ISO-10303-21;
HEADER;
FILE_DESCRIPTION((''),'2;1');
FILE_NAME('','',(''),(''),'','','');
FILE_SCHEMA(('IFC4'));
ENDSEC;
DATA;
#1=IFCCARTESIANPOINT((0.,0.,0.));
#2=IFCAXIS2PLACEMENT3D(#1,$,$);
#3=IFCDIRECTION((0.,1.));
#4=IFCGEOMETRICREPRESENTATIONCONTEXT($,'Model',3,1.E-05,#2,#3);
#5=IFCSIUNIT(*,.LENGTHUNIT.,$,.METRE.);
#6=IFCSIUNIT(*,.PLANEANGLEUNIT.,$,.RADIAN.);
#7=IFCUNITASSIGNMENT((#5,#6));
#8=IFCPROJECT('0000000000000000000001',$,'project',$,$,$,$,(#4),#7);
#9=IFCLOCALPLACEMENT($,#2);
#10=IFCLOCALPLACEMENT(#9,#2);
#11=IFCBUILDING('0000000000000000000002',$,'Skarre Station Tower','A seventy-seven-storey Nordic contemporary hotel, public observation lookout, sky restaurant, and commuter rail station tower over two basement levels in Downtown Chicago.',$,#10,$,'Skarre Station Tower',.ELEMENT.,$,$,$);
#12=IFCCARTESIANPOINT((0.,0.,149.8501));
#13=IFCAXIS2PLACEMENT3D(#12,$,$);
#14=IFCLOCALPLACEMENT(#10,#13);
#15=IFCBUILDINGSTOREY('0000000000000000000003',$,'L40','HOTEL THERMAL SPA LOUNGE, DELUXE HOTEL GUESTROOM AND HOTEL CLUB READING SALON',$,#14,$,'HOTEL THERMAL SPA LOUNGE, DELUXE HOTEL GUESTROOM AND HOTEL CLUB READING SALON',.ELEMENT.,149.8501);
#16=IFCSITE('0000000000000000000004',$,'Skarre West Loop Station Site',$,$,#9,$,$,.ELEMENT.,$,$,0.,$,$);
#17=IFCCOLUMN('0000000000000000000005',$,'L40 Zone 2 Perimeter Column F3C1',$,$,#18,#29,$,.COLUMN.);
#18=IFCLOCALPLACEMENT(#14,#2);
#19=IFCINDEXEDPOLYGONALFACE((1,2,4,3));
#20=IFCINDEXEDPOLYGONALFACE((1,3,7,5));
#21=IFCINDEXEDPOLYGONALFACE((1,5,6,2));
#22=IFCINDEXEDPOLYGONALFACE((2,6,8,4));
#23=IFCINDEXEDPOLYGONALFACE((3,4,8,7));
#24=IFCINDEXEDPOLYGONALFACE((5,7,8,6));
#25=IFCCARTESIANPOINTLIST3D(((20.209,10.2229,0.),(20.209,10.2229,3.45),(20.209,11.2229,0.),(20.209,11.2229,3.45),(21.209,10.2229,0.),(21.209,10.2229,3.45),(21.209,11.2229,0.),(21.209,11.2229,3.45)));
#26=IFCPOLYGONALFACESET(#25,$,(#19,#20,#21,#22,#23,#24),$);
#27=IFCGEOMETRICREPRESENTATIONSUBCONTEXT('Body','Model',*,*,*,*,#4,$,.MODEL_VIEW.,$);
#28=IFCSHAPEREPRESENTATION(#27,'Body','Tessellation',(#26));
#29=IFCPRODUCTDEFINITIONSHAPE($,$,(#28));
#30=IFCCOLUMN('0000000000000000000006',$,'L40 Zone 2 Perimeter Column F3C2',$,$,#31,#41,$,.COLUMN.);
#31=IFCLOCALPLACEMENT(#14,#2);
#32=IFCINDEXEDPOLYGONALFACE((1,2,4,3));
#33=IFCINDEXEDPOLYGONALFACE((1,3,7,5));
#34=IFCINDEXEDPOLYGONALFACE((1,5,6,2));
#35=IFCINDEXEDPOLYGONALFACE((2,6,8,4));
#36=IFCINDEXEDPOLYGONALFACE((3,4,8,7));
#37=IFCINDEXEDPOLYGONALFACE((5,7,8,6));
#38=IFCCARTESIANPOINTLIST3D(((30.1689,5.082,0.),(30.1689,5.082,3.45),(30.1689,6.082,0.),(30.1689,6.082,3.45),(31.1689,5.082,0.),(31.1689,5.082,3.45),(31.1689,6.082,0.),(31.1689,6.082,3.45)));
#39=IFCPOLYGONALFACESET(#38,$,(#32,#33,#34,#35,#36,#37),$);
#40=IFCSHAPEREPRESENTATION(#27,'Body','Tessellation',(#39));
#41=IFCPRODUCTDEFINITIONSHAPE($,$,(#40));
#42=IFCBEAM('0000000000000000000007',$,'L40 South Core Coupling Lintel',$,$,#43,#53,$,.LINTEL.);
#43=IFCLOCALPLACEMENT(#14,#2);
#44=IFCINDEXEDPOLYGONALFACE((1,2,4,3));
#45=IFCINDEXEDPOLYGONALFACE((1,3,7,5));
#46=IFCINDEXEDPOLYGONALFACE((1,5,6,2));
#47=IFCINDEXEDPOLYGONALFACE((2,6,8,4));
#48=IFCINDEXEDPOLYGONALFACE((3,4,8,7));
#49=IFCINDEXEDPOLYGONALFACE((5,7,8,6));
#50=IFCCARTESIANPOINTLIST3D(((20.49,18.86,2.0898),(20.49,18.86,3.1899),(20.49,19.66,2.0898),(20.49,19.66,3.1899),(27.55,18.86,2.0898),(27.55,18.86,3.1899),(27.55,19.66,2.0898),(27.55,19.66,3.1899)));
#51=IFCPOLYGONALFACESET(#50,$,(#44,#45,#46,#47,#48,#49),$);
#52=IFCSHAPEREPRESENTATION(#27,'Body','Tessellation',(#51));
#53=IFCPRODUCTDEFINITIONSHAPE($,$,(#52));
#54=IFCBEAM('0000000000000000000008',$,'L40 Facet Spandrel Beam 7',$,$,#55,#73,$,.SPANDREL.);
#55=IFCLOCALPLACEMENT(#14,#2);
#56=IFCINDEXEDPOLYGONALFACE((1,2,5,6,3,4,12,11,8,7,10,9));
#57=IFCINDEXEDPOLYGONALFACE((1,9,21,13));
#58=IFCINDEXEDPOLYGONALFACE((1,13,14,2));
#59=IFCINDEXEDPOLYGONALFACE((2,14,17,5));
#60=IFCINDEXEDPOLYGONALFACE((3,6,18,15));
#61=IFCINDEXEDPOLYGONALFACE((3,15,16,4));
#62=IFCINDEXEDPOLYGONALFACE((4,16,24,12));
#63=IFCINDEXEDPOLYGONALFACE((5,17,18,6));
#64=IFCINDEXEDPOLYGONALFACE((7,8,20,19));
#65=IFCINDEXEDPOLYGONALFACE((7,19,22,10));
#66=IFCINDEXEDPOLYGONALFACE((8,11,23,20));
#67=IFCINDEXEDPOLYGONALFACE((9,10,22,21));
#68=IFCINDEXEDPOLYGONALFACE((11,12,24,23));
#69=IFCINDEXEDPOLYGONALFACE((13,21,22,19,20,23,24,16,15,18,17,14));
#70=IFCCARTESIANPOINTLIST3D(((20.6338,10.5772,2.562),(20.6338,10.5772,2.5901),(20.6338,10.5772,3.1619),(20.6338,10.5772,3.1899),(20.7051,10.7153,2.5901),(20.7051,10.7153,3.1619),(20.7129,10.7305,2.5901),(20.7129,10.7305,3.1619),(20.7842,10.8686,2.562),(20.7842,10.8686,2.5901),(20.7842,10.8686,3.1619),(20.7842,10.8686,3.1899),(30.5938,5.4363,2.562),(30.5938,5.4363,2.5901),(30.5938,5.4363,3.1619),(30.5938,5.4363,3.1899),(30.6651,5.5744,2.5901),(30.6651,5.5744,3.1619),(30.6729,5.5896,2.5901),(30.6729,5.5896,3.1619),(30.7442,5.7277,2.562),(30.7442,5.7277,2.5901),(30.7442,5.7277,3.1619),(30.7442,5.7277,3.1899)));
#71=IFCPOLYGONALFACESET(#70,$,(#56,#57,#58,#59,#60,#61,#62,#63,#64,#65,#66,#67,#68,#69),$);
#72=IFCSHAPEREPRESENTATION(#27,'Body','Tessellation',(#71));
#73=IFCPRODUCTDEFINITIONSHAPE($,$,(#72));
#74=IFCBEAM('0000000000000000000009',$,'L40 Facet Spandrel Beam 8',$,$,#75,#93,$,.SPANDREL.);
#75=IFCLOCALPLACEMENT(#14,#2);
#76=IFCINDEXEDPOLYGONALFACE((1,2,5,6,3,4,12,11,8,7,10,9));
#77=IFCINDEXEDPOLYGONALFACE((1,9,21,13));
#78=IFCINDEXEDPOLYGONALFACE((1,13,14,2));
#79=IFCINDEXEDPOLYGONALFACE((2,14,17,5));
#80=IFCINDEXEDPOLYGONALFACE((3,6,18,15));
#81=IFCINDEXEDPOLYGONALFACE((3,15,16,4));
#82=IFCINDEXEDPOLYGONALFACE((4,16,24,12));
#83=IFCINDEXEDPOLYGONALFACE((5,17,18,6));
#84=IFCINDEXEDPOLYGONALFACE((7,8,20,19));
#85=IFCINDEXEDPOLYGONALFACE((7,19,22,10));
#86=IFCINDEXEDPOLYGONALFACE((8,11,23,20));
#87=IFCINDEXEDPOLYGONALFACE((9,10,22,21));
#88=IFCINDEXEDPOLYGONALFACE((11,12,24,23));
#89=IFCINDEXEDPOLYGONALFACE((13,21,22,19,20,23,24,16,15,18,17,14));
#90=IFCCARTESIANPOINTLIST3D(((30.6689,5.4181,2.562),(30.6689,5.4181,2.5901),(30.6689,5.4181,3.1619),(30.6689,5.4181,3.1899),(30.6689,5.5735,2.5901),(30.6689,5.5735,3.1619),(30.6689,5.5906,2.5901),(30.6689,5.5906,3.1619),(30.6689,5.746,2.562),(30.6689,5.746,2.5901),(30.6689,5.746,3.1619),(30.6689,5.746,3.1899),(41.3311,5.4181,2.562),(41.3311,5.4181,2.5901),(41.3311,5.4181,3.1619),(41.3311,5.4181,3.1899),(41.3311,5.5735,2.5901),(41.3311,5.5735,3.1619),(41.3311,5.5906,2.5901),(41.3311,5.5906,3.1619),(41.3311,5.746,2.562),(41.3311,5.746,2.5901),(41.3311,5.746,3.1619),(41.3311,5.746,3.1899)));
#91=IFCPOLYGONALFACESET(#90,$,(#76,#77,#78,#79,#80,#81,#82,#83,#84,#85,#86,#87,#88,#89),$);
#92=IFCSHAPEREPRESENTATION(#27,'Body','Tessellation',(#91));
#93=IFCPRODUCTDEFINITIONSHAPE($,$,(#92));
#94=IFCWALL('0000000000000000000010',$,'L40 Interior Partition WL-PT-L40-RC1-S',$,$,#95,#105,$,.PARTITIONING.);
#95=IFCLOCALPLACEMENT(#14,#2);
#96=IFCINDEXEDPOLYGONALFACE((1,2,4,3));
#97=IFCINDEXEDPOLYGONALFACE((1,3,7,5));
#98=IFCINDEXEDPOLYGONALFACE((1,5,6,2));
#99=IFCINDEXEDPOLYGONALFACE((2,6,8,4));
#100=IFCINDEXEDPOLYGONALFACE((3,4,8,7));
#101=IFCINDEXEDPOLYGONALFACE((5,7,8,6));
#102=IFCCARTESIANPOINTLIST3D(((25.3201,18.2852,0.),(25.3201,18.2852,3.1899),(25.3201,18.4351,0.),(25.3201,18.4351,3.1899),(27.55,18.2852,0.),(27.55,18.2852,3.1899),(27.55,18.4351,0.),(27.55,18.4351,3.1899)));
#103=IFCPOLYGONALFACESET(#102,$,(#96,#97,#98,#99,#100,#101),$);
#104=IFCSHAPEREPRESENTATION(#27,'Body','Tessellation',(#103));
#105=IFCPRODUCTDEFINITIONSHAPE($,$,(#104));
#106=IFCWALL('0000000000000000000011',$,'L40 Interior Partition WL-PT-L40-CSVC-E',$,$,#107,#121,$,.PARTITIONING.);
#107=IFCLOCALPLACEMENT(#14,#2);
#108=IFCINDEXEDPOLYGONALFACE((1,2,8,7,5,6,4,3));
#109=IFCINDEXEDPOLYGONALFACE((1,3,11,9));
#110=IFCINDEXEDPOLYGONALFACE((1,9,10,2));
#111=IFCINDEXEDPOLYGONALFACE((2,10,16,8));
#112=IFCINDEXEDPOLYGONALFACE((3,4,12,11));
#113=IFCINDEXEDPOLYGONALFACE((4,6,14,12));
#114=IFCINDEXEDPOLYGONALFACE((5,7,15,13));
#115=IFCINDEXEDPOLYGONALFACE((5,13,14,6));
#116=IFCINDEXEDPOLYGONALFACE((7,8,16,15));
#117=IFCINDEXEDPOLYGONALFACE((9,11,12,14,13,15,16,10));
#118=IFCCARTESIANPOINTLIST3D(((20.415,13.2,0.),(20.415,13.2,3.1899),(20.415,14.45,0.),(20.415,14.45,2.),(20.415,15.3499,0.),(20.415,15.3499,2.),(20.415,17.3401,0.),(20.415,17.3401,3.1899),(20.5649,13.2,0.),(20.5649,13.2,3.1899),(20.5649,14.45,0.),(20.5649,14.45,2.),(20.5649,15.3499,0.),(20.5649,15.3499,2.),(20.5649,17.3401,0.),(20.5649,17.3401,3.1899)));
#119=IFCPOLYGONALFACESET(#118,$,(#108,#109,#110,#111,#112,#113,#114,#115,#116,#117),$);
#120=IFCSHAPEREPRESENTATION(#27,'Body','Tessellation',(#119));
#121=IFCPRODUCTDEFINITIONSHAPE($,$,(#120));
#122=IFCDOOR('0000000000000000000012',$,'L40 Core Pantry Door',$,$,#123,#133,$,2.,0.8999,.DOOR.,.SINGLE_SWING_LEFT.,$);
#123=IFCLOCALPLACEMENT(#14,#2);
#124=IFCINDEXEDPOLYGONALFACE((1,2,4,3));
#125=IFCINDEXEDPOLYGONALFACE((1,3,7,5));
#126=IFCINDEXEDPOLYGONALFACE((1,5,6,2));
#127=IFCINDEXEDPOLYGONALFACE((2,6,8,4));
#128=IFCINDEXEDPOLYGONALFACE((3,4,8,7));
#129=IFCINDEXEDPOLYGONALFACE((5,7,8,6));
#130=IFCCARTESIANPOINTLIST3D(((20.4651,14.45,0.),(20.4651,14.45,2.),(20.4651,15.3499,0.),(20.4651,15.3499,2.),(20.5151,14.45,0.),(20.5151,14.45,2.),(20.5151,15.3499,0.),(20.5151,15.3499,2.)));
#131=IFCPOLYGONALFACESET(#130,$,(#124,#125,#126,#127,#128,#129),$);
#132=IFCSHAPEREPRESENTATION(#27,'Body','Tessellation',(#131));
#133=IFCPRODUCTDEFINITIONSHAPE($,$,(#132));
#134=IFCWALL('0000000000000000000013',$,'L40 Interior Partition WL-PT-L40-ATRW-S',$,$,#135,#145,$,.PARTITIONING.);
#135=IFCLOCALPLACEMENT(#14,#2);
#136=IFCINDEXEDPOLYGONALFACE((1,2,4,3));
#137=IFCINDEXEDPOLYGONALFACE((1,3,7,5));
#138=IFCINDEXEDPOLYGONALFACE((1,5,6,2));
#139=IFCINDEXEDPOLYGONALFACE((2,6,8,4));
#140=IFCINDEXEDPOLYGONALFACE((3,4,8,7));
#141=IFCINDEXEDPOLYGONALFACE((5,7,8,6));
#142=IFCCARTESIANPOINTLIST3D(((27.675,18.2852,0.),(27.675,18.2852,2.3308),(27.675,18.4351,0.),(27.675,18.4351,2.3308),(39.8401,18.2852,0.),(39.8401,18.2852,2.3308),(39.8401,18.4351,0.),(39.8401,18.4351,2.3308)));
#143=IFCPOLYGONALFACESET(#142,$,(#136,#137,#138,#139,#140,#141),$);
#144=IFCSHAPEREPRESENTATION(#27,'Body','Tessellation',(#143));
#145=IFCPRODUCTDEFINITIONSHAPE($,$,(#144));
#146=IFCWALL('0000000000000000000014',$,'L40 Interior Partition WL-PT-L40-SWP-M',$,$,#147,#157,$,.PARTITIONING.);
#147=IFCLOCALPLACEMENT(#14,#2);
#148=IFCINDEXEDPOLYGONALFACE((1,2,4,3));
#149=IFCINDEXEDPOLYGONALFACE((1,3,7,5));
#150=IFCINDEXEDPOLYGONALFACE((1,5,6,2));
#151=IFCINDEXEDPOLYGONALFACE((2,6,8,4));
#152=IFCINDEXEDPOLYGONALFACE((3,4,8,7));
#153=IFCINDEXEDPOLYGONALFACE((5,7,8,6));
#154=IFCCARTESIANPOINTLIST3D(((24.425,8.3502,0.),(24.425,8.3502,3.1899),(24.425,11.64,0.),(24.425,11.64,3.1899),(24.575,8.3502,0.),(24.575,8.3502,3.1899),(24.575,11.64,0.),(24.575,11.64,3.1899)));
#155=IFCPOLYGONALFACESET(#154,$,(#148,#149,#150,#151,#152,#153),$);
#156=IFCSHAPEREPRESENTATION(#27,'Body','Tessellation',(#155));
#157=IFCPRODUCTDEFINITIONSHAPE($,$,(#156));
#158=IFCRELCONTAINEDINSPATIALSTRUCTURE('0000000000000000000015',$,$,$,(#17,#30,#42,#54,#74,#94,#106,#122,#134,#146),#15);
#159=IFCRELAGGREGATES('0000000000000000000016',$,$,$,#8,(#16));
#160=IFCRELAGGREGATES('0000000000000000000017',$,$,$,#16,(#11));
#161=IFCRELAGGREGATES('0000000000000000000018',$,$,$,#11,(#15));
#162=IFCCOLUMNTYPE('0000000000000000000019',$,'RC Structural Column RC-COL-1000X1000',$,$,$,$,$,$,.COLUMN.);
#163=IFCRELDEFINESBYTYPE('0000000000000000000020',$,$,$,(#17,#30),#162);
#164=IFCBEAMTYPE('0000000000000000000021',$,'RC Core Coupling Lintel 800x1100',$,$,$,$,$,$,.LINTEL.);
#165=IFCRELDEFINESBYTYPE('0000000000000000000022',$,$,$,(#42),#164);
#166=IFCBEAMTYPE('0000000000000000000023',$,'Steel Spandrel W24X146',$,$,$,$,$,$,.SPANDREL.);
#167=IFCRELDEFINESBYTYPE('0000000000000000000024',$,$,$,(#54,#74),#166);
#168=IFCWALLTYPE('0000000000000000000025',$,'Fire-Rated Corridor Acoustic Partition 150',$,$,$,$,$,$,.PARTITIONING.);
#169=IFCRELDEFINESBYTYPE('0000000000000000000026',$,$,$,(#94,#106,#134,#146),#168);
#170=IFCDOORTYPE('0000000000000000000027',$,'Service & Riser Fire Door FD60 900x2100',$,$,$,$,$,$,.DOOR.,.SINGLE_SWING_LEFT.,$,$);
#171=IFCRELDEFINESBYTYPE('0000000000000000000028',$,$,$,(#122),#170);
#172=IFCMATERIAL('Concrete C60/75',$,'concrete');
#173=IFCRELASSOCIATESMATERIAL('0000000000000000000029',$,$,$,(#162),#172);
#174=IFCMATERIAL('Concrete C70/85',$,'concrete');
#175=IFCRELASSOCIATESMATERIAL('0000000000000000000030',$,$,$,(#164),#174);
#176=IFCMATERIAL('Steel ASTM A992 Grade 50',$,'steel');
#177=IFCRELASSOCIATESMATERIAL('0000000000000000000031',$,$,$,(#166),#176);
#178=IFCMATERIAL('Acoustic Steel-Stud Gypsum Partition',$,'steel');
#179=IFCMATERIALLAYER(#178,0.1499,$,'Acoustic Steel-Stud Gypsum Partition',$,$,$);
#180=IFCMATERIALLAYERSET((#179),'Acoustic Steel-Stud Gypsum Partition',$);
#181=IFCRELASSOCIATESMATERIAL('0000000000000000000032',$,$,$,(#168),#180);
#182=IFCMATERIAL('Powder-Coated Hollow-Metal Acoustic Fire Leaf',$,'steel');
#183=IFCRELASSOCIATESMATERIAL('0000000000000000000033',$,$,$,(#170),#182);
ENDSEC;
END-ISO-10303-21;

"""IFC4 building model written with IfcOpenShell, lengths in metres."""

from ifc_helpers import new_model, si_unit, direction, frame, frame_2d, origin, origin_2d, place, context, subcontext, project, spatial, rectangle, i_section, extrude, material, layer, layer_set, material_profile, profile_set, type_object, element, fill, save


model = new_model("IFC4")

# Units and contexts
model_context = context("Model", 3, precision=1e-05, world=origin(), true_north=direction((0.0, 1.0)))
body_context = subcontext(model_context, "Body", "Model", "MODEL_VIEW")
ifc_project = project(units=[si_unit("LENGTHUNIT", "METRE"), si_unit("PLANEANGLEUNIT", "RADIAN")], contexts=[model_context])

# Site, building, storey
site_placement = place(None, origin())
site = spatial("IfcSite", under=ifc_project, at=site_placement, Name="Skarre West Loop Station Site", CompositionType="ELEMENT", RefElevation=0.0)
building_placement = place(site_placement, origin())
building = spatial("IfcBuilding", under=site, at=building_placement, Name="Skarre Station Tower", Description="A seventy-seven-storey Nordic contemporary hotel, public observation lookout, sky restaurant, and commuter rail station tower over two basement levels in Downtown Chicago.", LongName="Skarre Station Tower", CompositionType="ELEMENT")
storey_placement = place(building_placement, frame((0.0, 0.0, 149.8501)))
storey = spatial("IfcBuildingStorey", under=building, at=storey_placement, Name="L40", Description="HOTEL THERMAL SPA LOUNGE, DELUXE HOTEL GUESTROOM AND HOTEL CLUB READING SALON", LongName="HOTEL THERMAL SPA LOUNGE, DELUXE HOTEL GUESTROOM AND HOTEL CLUB READING SALON", CompositionType="ELEMENT", Elevation=149.8501)

# Columns
ifc_material_1 = material(Name="Concrete C60/75", Category="concrete")
ifc_material_profile_1 = material_profile(ifc_material_1, rectangle(XDim=1.0, YDim=1.0, at=origin_2d()), Name="Concrete C60/75")
ifc_profile_set_1 = profile_set([ifc_material_profile_1], Name="Concrete C60/75")
column_type = type_object("IfcColumnType", Name="RC Structural Column RC-COL-1000X1000", PredefinedType="COLUMN", material=ifc_profile_set_1)
for number, where, z_axis, x_axis, name in (
    (1, (20.709, 10.7229, 0.0), (0.0, 0.0, 1.0), (1.0, 0.0, 0.0), "L40 Zone 2 Perimeter Column F3C1"),
    (2, (30.6689, 5.582, 0.0), (0.0, 0.0, 1.0), (1.0, 0.0, 0.0), "L40 Zone 2 Perimeter Column F3C2"),
):
    element("IfcColumn", number, at=place(storey_placement, frame(where, z_axis=z_axis, x_axis=x_axis)), inside=storey, type_object=column_type, Name=name, PredefinedType="COLUMN", context=body_context, shape_type="SweptSolid", body=[
        extrude(rectangle(XDim=1.0, YDim=1.0, at=origin_2d()), origin(), (0.0, 0.0, 1.0), 3.45),
    ])

# Beams
ifc_material_2 = material(Name="Concrete C70/85", Category="concrete")
ifc_material_profile_2 = material_profile(ifc_material_2, rectangle(XDim=0.8, YDim=1.1001, at=origin_2d()), Name="Concrete C70/85")
ifc_profile_set_2 = profile_set([ifc_material_profile_2], Name="Concrete C70/85")
beam_type_1 = type_object("IfcBeamType", Name="RC Core Coupling Lintel 800x1100", PredefinedType="LINTEL", material=ifc_profile_set_2)
beam_1_placement = place(storey_placement, frame((20.49, 19.26, 2.6399), z_axis=(1.0, 0.0, 0.0), x_axis=(0.0, 1.0, 0.0)))
element("IfcBeam", 3, at=beam_1_placement, inside=storey, type_object=beam_type_1, Name="L40 South Core Coupling Lintel", PredefinedType="LINTEL", context=body_context, shape_type="SweptSolid", body=[
    extrude(rectangle(XDim=0.8, YDim=1.1001, at=origin_2d()), origin(), (0.0, 0.0, 1.0), 7.0601),
])
ifc_material_3 = material(Name="Steel ASTM A992 Grade 50", Category="steel")
ifc_material_profile_3 = material_profile(ifc_material_3, i_section(OverallWidth=0.3279, OverallDepth=0.6279, WebThickness=0.0171, FlangeThickness=0.0281, at=origin_2d()), Name="Steel ASTM A992 Grade 50")
ifc_profile_set_3 = profile_set([ifc_material_profile_3], Name="Steel ASTM A992 Grade 50")
beam_type_2 = type_object("IfcBeamType", Name="Steel Spandrel W24X146", PredefinedType="SPANDREL", material=ifc_profile_set_3)
beam_2_placement = place(storey_placement, frame((20.709, 10.7229, 2.876), z_axis=(0.888612, -0.45866, 0.0), x_axis=(0.45866, 0.888612, 0.0)))
element("IfcBeam", 4, at=beam_2_placement, inside=storey, type_object=beam_type_2, Name="L40 Facet Spandrel Beam 7", PredefinedType="SPANDREL", context=body_context, shape_type="SweptSolid", body=[
    extrude(i_section(OverallWidth=0.3279, OverallDepth=0.6279, WebThickness=0.0171, FlangeThickness=0.0281, at=origin_2d()), origin(), (0.0, 0.0, 1.0), 11.2085),
])
beam_3_placement = place(storey_placement, frame((30.6689, 5.582, 2.876), z_axis=(1.0, 0.0, 0.0), x_axis=(0.0, 1.0, 0.0)))
element("IfcBeam", 5, at=beam_3_placement, inside=storey, type_object=beam_type_2, Name="L40 Facet Spandrel Beam 8", PredefinedType="SPANDREL", context=body_context, shape_type="SweptSolid", body=[
    extrude(i_section(OverallWidth=0.3279, OverallDepth=0.6279, WebThickness=0.0171, FlangeThickness=0.0281, at=origin_2d()), origin(), (0.0, 0.0, 1.0), 10.6621),
])

# Wall
ifc_material_4 = material(Name="Acoustic Steel-Stud Gypsum Partition", Category="steel")
ifc_layer_1 = layer(ifc_material_4, 0.1499, Name="Acoustic Steel-Stud Gypsum Partition")
ifc_layer_set_1 = layer_set([ifc_layer_1], Name="Acoustic Steel-Stud Gypsum Partition")
wall_type_1 = type_object("IfcWallType", Name="Fire-Rated Corridor Acoustic Partition 150", PredefinedType="PARTITIONING", material=ifc_layer_set_1)
wall_1_placement = place(storey_placement, frame((25.3201, 18.3601, 0.0), z_axis=(0.0, 0.0, 1.0), x_axis=(1.0, 0.0, 0.0)))
element("IfcWall", 6, at=wall_1_placement, inside=storey, type_object=wall_type_1, Name="L40 Interior Partition WL-PT-L40-RC1-S", PredefinedType="PARTITIONING", context=body_context, shape_type="SweptSolid", body=[
    extrude(rectangle(XDim=2.23, YDim=0.1499, at=frame_2d((1.115, 0.0))), origin(), (0.0, 0.0, 1.0), 3.1899),
])

# Wall, opening, door
wall_2_placement = place(storey_placement, frame((20.49, 13.2, 0.0), z_axis=(0.0, 0.0, 1.0), x_axis=(0.0, 1.0, 0.0)))
wall_2 = element("IfcWall", 7, at=wall_2_placement, inside=storey, type_object=wall_type_1, Name="L40 Interior Partition WL-PT-L40-CSVC-E", PredefinedType="PARTITIONING", context=body_context, shape_type="SweptSolid", body=[
    extrude(rectangle(XDim=4.1401, YDim=0.1499, at=frame_2d((2.0701, 0.0))), origin(), (0.0, 0.0, 1.0), 3.1899),
])
opening_1_placement = place(wall_2_placement, frame((1.25, 0.0, 0.0)))
opening_1 = element("IfcOpeningElement", 8, at=opening_1_placement, cuts=wall_2, PredefinedType="OPENING", context=body_context, shape_type="SweptSolid", body=[
    extrude(rectangle(XDim=0.8999, YDim=2.0, at=frame_2d((0.45, 1.0))), frame((0.0, 0.085, 0.0), z_axis=(0.0, -1.0, 0.0), x_axis=(1.0, 0.0, 0.0)), (0.0, 0.0, 1.0), 0.1699),
])
ifc_material_5 = material(Name="Powder-Coated Hollow-Metal Acoustic Fire Leaf", Category="steel")
door_type_1 = type_object("IfcDoorType", Name="Service & Riser Fire Door FD60 900x2100", OperationType="SINGLE_SWING_LEFT", PredefinedType="DOOR", material=ifc_material_5)
door_1_placement = place(opening_1_placement, origin())
door_1 = element("IfcDoor", 9, at=door_1_placement, inside=storey, type_object=door_type_1, Name="L40 Core Pantry Door", OperationType="SINGLE_SWING_LEFT", OverallHeight=2.0, OverallWidth=0.8999, PredefinedType="DOOR", context=body_context, shape_type="SweptSolid", body=[
    extrude(rectangle(XDim=0.8999, YDim=2.0, at=frame_2d((0.45, 1.0))), frame((0.0, 0.0249, 0.0), z_axis=(0.0, -1.0, 0.0), x_axis=(1.0, 0.0, 0.0)), (0.0, 0.0, 1.0), 0.05),
])
fill(opening_1, door_1)

# Walls
wall_3_placement = place(storey_placement, frame((27.675, 18.3601, 0.0), z_axis=(0.0, 0.0, 1.0), x_axis=(1.0, 0.0, 0.0)))
element("IfcWall", 10, at=wall_3_placement, inside=storey, type_object=wall_type_1, Name="L40 Interior Partition WL-PT-L40-ATRW-S", PredefinedType="PARTITIONING", context=body_context, shape_type="SweptSolid", body=[
    extrude(rectangle(XDim=12.165, YDim=0.1499, at=frame_2d((6.0825, 0.0))), origin(), (0.0, 0.0, 1.0), 2.3308),
])
wall_4_placement = place(storey_placement, frame((24.5, 8.3501, 0.0), z_axis=(0.0, 0.0, 1.0), x_axis=(0.0, 1.0, 0.0)))
element("IfcWall", 11, at=wall_4_placement, inside=storey, type_object=wall_type_1, Name="L40 Interior Partition WL-PT-L40-SWP-M", PredefinedType="PARTITIONING", context=body_context, shape_type="SweptSolid", body=[
    extrude(rectangle(XDim=3.2898, YDim=0.1499, at=frame_2d((1.645, 0.0))), origin(), (0.0, 0.0, 1.0), 3.1899),
])

save(model, "model.ifc")
